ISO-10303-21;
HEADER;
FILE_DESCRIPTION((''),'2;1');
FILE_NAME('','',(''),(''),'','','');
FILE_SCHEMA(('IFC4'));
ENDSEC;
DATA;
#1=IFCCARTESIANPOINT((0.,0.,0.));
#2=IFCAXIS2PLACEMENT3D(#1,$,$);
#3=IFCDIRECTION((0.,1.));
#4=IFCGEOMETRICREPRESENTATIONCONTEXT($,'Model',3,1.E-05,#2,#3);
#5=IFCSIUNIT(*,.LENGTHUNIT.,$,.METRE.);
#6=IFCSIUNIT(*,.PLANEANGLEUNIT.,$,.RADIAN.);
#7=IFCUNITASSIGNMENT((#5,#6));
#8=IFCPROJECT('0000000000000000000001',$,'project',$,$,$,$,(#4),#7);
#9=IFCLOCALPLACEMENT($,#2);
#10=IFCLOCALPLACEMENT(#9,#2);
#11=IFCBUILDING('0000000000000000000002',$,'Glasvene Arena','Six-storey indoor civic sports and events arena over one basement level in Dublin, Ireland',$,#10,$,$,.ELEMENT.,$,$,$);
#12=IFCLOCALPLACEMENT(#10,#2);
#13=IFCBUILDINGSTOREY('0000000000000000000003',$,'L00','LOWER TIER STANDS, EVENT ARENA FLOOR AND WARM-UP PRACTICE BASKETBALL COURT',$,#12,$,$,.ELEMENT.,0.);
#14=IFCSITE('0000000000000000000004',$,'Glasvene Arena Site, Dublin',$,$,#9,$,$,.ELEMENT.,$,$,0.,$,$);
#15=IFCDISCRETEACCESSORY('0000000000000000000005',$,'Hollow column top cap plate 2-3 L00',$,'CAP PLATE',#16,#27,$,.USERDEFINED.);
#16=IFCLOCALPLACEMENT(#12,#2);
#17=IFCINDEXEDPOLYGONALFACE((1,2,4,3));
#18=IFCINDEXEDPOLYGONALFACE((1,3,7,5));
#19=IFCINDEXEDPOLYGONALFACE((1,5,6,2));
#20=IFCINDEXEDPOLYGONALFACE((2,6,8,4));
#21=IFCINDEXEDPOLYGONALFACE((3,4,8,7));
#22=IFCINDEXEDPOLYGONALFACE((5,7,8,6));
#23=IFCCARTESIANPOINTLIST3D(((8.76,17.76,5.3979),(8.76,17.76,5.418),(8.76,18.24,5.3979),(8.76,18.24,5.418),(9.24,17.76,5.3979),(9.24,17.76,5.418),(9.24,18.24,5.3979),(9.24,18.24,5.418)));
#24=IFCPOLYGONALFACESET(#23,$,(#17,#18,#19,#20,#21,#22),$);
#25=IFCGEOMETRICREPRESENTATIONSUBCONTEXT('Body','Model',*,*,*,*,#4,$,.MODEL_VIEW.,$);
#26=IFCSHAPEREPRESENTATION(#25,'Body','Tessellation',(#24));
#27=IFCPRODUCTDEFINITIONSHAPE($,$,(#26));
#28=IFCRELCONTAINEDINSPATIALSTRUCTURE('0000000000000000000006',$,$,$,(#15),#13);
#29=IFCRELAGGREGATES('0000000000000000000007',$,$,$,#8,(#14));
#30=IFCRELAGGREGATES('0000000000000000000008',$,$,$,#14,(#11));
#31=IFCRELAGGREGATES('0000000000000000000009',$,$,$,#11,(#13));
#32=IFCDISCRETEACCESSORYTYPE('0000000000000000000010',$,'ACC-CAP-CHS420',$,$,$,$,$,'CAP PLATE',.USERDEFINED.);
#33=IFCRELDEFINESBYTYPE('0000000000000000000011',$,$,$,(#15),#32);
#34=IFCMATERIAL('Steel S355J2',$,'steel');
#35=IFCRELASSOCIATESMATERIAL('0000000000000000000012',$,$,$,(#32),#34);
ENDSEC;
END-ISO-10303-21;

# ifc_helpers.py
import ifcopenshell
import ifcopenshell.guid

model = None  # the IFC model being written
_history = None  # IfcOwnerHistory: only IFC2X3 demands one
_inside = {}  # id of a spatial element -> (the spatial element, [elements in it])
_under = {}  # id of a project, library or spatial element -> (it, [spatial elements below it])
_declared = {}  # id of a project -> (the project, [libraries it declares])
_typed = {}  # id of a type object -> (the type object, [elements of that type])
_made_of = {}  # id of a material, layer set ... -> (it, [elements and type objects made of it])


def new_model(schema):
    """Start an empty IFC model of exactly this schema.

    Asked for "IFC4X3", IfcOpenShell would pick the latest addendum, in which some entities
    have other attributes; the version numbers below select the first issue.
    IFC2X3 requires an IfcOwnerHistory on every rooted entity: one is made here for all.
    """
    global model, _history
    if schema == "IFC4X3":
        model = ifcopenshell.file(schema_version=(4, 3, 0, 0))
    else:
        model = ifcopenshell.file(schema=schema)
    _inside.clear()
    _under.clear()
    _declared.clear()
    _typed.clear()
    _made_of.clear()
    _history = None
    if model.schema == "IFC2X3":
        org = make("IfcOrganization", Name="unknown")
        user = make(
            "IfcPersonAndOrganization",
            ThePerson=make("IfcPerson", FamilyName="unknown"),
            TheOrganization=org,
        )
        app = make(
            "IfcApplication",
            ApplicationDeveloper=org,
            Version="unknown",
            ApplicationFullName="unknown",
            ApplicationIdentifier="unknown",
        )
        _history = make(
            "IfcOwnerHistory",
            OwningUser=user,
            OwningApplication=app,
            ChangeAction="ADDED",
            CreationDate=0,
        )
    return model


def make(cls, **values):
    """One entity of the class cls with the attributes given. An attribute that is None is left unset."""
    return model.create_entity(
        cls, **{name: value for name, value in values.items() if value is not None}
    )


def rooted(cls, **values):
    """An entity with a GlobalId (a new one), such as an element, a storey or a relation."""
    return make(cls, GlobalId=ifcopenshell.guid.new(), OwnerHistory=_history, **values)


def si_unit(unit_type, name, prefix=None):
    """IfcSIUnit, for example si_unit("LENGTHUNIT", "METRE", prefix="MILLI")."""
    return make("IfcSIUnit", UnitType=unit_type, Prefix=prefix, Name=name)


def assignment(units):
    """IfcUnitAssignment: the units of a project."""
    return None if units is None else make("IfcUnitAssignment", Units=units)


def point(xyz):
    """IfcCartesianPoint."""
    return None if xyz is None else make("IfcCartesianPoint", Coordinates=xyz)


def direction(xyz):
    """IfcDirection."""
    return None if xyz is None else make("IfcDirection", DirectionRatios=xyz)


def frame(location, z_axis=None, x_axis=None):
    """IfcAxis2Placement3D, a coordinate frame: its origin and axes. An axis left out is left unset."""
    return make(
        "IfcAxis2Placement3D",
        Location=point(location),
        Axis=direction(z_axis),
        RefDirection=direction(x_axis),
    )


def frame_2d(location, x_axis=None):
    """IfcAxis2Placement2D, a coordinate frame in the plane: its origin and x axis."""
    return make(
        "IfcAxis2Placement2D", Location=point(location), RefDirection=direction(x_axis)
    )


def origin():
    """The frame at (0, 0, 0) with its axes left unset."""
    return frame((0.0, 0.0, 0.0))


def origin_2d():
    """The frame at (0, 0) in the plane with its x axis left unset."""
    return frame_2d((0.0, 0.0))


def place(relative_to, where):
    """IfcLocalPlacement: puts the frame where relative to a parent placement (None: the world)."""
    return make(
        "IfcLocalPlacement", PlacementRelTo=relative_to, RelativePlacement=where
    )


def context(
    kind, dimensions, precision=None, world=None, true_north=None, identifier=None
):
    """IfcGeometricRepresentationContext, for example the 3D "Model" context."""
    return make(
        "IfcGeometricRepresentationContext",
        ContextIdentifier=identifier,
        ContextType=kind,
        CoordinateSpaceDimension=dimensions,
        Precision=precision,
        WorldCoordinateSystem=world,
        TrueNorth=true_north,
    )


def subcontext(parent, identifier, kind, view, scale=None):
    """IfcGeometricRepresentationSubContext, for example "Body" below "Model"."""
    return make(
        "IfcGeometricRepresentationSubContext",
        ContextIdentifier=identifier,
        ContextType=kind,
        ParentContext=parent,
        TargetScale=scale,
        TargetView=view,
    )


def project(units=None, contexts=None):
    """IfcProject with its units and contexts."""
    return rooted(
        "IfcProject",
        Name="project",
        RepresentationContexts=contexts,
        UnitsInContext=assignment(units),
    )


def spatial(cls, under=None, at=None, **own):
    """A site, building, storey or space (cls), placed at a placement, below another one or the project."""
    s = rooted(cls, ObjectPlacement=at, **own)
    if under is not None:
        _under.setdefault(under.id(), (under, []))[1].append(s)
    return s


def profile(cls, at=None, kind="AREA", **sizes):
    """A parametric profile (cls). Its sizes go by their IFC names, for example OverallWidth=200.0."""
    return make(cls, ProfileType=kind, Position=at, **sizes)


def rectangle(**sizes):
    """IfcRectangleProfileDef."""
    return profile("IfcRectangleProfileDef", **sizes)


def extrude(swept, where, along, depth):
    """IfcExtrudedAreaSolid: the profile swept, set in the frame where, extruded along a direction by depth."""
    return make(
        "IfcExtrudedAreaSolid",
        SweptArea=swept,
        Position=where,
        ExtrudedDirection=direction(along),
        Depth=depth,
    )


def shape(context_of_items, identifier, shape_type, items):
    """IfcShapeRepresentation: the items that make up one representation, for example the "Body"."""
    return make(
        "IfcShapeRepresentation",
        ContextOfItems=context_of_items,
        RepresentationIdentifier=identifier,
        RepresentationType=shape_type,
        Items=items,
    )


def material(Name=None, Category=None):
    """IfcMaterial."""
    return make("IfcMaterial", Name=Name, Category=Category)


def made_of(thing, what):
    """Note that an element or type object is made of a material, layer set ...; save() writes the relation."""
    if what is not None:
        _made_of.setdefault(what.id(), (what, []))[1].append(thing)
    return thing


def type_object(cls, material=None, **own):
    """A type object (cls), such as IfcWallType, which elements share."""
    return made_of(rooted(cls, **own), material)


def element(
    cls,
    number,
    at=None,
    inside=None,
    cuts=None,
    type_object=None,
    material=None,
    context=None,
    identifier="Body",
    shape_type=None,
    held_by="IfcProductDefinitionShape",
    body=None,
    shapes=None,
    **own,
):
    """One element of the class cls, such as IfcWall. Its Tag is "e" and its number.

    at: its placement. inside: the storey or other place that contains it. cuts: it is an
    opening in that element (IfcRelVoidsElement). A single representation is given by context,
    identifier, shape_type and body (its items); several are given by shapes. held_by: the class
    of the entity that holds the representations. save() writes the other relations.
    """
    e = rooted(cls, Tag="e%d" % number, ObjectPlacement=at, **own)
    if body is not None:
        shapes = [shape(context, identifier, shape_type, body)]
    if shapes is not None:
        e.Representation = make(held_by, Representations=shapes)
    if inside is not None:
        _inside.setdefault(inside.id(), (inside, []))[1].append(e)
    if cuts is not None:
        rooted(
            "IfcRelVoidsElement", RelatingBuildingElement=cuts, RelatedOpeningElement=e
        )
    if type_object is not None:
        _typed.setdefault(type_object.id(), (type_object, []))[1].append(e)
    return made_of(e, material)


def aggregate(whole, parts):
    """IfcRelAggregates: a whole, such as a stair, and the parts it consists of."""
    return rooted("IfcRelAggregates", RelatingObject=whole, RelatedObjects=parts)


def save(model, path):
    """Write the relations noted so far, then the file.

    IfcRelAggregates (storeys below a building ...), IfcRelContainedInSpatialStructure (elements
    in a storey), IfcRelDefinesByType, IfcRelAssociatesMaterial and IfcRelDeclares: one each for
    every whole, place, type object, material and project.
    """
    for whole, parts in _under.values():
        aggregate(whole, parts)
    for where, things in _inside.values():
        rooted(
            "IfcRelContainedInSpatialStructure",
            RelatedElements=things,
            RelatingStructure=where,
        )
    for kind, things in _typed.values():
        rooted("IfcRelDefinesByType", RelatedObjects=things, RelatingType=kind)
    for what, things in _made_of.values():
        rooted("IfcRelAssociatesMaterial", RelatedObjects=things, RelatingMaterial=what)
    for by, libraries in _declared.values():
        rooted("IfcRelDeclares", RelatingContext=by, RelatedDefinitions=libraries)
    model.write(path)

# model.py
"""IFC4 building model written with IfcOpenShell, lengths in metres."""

from ifc_helpers import new_model, si_unit, direction, frame, origin, origin_2d, place, context, subcontext, project, spatial, rectangle, extrude, material, type_object, element, save


model = new_model("IFC4")

# Units and contexts
model_context = context("Model", 3, precision=1e-05, world=origin(), true_north=direction((0.0, 1.0)))
body_context = subcontext(model_context, "Body", "Model", "MODEL_VIEW")
ifc_project = project(units=[si_unit("LENGTHUNIT", "METRE"), si_unit("PLANEANGLEUNIT", "RADIAN")], contexts=[model_context])

# Site, building, storey
site_placement = place(None, origin())
site = spatial("IfcSite", under=ifc_project, at=site_placement, Name="Glasvene Arena Site, Dublin", CompositionType="ELEMENT", RefElevation=0.0)
building_placement = place(site_placement, origin())
building = spatial("IfcBuilding", under=site, at=building_placement, Name="Glasvene Arena", Description="Six-storey indoor civic sports and events arena over one basement level in Dublin, Ireland", CompositionType="ELEMENT")
storey_placement = place(building_placement, origin())
storey = spatial("IfcBuildingStorey", under=building, at=storey_placement, Name="L00", Description="LOWER TIER STANDS, EVENT ARENA FLOOR AND WARM-UP PRACTICE BASKETBALL COURT", CompositionType="ELEMENT", Elevation=0.0)

# Shared definitions
ifc_material_1 = material(Name="Steel S355J2", Category="steel")

# Discrete accessory
discrete_accessory_type_1 = type_object("IfcDiscreteAccessoryType", Name="ACC-CAP-CHS420", ElementType="CAP PLATE", PredefinedType="USERDEFINED", material=ifc_material_1)
for number, where, z_axis, x_axis, name in (
    (1, (9.0, 18.0, 5.3979), (0.0, 0.0, 1.0), (1.0, 0.0, 0.0), "Hollow column top cap plate 2-3 L00"),
):
    element("IfcDiscreteAccessory", number, at=place(storey_placement, frame(where, z_axis=z_axis, x_axis=x_axis)), inside=storey, type_object=discrete_accessory_type_1, Name=name, ObjectType="CAP PLATE", PredefinedType="USERDEFINED", context=body_context, shape_type="SweptSolid", body=[
        extrude(rectangle(XDim=0.48, YDim=0.48, at=origin_2d()), origin(), (0.0, 0.0, 1.0), 0.02),
    ])

save(model, "model.ifc")
